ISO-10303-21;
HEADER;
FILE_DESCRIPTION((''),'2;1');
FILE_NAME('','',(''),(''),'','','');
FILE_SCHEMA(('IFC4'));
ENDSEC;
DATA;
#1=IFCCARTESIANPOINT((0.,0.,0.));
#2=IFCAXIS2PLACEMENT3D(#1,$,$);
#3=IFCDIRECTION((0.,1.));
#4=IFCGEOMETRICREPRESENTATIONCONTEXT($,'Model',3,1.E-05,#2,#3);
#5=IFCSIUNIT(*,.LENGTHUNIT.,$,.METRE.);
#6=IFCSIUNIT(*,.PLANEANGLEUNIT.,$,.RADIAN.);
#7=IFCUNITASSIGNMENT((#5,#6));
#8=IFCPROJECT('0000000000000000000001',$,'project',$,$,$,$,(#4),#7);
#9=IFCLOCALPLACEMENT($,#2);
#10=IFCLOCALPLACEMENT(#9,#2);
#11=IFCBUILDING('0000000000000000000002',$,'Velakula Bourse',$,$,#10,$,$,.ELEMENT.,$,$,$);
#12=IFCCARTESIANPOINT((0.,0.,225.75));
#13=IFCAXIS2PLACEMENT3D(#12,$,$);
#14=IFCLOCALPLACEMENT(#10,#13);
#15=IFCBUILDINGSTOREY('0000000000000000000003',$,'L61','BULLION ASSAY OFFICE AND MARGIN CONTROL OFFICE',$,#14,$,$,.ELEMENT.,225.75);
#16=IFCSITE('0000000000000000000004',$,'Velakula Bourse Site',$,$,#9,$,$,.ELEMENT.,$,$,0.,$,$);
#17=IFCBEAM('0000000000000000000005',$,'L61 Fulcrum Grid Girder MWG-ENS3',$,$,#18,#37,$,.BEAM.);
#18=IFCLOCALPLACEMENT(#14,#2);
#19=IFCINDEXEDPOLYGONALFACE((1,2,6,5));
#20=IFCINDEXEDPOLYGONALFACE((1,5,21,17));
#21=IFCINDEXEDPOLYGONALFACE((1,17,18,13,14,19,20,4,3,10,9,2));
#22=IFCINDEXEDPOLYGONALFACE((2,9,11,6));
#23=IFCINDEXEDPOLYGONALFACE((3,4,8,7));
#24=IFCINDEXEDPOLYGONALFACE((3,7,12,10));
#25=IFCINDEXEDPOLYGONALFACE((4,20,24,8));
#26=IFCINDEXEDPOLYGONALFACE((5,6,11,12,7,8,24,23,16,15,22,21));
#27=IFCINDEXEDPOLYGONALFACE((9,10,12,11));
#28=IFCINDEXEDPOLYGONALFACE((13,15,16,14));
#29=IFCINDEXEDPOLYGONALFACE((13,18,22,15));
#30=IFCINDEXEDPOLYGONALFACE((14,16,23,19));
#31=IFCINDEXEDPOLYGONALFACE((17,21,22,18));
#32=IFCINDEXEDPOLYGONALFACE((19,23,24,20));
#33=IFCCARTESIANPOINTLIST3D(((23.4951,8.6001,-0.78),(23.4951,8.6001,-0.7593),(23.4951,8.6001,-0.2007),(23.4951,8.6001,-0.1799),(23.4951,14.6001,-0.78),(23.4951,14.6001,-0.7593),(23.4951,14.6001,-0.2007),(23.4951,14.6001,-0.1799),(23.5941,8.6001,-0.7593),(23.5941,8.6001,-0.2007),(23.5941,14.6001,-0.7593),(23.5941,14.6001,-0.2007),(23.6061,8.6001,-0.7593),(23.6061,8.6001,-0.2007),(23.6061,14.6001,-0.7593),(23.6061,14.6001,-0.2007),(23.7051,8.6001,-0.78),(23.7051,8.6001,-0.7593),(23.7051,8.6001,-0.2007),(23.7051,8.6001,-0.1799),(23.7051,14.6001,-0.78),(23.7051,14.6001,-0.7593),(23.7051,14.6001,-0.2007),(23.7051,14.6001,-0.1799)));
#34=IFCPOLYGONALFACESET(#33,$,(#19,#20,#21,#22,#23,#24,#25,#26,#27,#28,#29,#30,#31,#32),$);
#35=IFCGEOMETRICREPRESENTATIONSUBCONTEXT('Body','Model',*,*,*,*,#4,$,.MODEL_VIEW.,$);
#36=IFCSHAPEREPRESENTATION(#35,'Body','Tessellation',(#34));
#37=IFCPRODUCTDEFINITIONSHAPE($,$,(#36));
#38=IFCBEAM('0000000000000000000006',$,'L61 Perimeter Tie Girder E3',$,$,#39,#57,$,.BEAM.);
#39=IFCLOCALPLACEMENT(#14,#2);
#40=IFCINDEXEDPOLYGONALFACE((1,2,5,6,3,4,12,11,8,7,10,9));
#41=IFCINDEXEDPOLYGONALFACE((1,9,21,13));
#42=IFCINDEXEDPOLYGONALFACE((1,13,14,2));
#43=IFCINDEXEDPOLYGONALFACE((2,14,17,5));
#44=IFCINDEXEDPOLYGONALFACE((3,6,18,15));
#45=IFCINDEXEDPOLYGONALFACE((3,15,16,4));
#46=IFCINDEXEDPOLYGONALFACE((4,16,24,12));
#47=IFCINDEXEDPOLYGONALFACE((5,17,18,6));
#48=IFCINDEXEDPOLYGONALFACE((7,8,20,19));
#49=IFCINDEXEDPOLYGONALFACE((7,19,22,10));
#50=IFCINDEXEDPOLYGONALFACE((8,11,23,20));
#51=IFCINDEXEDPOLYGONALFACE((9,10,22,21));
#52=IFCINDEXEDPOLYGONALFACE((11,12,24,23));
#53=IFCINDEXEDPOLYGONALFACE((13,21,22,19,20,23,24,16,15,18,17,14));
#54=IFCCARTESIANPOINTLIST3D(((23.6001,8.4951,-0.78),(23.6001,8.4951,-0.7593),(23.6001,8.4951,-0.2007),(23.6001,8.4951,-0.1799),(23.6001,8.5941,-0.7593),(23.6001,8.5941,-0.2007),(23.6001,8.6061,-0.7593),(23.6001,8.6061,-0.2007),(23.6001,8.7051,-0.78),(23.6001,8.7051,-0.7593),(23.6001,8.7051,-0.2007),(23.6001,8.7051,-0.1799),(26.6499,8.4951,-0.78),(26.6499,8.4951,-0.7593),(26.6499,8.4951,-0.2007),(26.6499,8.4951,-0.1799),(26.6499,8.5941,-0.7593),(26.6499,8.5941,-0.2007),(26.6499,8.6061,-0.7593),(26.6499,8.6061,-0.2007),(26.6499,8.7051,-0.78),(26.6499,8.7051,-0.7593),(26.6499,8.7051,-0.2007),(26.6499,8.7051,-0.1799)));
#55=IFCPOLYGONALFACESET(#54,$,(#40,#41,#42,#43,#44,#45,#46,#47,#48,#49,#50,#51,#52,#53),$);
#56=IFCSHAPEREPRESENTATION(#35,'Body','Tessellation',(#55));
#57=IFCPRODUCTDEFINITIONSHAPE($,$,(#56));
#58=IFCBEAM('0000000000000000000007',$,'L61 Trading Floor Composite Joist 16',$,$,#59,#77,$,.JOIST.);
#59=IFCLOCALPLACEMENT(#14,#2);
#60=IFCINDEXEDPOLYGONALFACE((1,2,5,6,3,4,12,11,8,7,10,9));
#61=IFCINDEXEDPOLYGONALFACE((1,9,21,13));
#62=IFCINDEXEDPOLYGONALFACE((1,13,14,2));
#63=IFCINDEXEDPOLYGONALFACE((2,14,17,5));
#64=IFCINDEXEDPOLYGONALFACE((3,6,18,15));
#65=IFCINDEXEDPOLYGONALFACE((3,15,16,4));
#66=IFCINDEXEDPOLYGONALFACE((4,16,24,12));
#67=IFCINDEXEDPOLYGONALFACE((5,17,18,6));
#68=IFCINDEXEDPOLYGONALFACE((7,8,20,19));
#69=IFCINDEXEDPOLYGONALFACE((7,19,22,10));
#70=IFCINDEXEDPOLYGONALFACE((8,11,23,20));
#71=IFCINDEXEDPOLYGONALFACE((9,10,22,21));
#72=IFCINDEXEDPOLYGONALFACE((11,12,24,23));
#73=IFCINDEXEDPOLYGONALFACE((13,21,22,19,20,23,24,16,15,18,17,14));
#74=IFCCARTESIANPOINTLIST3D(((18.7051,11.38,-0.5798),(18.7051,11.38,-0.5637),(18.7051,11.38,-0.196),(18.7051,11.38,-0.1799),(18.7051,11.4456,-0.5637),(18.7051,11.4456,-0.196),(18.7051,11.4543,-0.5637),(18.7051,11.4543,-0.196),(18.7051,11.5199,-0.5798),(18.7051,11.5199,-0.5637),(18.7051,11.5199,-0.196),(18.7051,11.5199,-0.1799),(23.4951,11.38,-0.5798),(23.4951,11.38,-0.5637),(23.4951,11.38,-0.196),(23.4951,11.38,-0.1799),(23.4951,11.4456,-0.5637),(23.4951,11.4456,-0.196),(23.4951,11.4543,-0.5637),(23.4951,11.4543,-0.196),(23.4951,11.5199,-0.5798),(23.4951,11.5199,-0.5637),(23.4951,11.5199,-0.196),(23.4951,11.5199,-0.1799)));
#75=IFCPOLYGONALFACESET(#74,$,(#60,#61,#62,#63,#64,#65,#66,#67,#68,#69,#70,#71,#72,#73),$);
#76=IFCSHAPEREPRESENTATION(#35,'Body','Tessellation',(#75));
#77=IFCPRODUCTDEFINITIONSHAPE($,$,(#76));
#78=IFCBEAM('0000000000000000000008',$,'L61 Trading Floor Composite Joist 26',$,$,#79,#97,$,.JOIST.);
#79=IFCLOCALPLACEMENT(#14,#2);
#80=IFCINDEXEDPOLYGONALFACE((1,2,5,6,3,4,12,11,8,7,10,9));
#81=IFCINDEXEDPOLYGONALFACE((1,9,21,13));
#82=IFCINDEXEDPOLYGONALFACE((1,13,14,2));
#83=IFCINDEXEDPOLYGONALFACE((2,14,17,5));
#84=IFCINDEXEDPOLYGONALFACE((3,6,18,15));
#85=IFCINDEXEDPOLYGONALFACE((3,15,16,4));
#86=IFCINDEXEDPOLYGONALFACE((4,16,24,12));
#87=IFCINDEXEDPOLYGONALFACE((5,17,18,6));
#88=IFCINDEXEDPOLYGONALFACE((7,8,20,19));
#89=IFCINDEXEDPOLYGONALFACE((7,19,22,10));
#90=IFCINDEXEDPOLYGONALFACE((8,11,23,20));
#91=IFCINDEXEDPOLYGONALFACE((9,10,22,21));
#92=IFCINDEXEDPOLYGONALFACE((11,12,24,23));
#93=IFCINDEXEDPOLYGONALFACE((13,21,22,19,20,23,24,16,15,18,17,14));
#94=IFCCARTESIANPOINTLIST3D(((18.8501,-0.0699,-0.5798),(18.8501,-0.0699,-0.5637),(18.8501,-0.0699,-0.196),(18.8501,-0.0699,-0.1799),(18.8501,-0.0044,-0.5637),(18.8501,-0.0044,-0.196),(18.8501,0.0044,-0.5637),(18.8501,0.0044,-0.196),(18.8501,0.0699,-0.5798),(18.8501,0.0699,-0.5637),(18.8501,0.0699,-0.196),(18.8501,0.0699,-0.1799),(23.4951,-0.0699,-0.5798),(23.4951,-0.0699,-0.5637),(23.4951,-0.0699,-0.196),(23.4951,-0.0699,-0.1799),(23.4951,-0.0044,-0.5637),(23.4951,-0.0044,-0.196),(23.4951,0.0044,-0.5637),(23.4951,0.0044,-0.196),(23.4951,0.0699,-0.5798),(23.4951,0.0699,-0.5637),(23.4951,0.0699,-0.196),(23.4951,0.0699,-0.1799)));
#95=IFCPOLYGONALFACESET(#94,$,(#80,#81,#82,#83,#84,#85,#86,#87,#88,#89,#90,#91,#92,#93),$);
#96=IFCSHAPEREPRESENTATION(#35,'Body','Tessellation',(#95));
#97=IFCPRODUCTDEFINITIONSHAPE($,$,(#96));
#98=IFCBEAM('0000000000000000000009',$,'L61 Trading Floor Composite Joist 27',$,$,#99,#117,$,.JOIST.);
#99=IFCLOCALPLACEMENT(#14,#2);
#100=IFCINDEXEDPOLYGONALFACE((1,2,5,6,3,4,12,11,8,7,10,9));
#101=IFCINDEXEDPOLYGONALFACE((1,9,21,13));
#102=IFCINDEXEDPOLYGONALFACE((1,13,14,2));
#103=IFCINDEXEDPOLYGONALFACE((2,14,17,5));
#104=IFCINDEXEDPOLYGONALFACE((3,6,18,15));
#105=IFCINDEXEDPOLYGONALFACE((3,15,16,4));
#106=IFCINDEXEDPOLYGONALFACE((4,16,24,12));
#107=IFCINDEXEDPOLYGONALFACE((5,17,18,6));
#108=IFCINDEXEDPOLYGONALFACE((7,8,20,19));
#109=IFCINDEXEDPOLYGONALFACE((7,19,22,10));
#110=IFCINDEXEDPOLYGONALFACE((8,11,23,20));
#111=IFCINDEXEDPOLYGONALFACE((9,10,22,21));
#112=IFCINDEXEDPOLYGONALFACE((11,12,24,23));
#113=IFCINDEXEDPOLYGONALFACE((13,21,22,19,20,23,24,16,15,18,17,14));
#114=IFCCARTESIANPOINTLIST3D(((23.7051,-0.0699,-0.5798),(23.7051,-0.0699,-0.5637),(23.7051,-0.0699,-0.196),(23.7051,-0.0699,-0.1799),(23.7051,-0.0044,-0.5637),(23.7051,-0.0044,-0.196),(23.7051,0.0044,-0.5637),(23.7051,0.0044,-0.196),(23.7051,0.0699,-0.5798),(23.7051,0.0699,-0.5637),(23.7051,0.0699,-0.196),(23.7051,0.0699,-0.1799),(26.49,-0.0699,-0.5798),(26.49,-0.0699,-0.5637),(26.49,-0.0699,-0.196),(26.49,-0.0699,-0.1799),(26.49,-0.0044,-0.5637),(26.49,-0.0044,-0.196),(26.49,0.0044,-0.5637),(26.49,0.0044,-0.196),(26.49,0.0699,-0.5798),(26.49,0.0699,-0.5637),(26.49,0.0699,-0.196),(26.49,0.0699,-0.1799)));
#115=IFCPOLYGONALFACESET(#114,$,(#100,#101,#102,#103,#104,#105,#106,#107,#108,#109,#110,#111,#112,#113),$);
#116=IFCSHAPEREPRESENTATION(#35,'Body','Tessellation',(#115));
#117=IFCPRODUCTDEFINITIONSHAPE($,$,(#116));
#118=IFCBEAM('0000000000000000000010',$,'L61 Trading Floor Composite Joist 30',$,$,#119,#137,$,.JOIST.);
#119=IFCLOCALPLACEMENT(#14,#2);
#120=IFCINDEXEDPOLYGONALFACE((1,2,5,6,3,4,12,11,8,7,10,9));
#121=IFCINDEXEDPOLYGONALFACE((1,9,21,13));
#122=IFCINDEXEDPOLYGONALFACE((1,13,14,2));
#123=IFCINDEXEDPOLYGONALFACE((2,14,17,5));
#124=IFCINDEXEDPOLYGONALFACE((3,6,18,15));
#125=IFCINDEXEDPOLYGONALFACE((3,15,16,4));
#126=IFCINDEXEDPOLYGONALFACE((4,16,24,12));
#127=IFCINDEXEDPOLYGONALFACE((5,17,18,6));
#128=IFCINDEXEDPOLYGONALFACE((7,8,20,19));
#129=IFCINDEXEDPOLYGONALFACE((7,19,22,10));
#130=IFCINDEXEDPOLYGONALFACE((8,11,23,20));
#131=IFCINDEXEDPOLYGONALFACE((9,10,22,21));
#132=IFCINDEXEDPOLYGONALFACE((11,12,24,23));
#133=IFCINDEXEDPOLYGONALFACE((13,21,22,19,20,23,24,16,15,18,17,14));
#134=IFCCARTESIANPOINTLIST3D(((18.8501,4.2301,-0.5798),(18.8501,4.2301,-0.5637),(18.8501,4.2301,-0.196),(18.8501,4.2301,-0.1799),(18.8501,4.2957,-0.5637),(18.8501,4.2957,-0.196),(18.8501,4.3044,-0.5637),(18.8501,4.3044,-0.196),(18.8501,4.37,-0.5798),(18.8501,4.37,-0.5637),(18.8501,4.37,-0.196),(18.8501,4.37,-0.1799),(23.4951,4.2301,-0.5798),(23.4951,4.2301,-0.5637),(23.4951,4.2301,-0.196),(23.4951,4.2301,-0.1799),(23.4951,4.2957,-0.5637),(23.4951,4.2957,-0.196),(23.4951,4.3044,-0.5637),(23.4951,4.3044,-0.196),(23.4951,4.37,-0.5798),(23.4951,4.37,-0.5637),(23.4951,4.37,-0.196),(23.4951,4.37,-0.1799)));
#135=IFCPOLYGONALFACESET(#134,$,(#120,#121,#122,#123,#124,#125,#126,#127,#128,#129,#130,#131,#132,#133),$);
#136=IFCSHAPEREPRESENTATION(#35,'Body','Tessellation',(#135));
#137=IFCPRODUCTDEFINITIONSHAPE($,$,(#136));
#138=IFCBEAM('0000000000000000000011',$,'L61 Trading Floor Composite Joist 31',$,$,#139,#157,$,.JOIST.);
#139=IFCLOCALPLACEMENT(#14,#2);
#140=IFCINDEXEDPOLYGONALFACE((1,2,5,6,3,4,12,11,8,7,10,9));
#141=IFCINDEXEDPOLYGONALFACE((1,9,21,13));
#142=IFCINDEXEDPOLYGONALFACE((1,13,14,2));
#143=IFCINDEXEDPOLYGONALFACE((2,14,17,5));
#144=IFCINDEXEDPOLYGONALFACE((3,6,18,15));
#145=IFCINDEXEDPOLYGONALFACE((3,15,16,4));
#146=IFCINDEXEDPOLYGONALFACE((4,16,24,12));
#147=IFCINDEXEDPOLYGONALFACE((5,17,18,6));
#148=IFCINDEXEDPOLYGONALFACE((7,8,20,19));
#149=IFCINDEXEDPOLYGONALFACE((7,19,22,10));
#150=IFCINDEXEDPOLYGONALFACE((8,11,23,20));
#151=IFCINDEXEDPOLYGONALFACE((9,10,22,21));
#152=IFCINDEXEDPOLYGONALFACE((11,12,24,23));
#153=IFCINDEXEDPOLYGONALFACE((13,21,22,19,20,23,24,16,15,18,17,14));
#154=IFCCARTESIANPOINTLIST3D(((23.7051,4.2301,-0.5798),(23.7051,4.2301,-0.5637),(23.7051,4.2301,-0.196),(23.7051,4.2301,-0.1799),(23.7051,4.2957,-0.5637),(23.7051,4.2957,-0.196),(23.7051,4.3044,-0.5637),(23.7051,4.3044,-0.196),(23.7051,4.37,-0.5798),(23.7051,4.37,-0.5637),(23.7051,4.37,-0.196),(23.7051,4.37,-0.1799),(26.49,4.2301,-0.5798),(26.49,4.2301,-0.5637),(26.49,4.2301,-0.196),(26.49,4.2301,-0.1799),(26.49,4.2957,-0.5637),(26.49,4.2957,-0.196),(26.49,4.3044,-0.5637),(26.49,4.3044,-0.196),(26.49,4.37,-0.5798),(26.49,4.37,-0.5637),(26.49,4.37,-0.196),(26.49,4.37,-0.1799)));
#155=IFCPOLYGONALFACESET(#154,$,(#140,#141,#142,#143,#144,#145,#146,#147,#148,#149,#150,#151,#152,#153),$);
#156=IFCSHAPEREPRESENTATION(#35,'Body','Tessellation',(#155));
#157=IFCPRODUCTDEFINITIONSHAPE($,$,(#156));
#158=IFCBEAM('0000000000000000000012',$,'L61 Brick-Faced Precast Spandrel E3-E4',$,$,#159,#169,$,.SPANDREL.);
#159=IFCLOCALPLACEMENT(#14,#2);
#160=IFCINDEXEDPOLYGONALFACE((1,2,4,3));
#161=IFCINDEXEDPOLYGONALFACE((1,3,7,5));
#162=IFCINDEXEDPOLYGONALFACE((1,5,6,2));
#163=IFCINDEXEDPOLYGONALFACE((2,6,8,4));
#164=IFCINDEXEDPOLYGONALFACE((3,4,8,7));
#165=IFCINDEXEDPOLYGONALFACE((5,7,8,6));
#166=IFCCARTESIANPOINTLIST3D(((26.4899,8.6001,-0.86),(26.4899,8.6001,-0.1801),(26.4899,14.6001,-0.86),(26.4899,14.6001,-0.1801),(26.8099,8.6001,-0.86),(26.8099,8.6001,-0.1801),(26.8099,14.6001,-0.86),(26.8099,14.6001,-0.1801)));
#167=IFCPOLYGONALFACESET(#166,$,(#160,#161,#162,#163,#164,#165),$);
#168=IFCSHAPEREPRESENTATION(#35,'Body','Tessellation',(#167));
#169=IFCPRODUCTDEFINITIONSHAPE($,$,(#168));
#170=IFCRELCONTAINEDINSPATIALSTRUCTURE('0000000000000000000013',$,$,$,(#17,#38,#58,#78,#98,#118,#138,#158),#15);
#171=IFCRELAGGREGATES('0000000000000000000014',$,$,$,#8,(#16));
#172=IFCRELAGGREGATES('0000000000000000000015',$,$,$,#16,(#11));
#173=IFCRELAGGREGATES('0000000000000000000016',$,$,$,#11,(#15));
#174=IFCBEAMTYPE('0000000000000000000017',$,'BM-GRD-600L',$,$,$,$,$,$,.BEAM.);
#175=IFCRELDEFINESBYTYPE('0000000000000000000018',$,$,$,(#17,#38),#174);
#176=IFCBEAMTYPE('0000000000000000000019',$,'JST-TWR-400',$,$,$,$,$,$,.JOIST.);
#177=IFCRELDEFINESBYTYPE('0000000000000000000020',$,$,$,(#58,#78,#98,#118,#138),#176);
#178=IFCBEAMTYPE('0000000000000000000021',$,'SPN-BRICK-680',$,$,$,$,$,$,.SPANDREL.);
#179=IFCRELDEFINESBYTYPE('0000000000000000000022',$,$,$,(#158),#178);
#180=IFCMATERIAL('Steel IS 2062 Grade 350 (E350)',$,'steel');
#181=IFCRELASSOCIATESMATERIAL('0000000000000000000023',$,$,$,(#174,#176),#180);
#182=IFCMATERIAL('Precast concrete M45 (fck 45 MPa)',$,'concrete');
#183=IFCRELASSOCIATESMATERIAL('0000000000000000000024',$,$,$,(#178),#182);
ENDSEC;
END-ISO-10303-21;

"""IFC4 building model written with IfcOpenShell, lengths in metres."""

from ifc_helpers import new_model, si_unit, direction, frame, origin, origin_2d, place, context, subcontext, project, spatial, rectangle, i_section, extrude, material, material_profile, profile_set, type_object, element, save


model = new_model("IFC4")

# Units and contexts
model_context = context("Model", 3, precision=1e-05, world=origin(), true_north=direction((0.0, 1.0)))
body_context = subcontext(model_context, "Body", "Model", "MODEL_VIEW")
ifc_project = project(units=[si_unit("LENGTHUNIT", "METRE"), si_unit("PLANEANGLEUNIT", "RADIAN")], contexts=[model_context])

# Site, building, storey
site_placement = place(None, origin())
site = spatial("IfcSite", under=ifc_project, at=site_placement, Name="Velakula Bourse Site", CompositionType="ELEMENT", RefElevation=0.0)
building_placement = place(site_placement, origin())
building = spatial("IfcBuilding", under=site, at=building_placement, Name="Velakula Bourse", CompositionType="ELEMENT")
storey_placement = place(building_placement, frame((0.0, 0.0, 225.75)))
storey = spatial("IfcBuildingStorey", under=building, at=storey_placement, Name="L61", Description="BULLION ASSAY OFFICE AND MARGIN CONTROL OFFICE", CompositionType="ELEMENT", Elevation=225.75)

# Shared definitions
ifc_material_1 = material(Name="Steel IS 2062 Grade 350 (E350)", Category="steel")

# Beams
ifc_material_profile_1 = material_profile(ifc_material_1, i_section(OverallWidth=0.21, OverallDepth=0.6001, WebThickness=0.012, FlangeThickness=0.0208, at=origin_2d()), Name="Steel IS 2062 Grade 350 (E350)")
ifc_profile_set_1 = profile_set([ifc_material_profile_1], Name="Steel IS 2062 Grade 350 (E350)")
beam_type_1 = type_object("IfcBeamType", Name="BM-GRD-600L", PredefinedType="BEAM", material=ifc_profile_set_1)
beam_1_placement = place(storey_placement, frame((23.6001, 8.6001, -0.48), z_axis=(0.0, 1.0, 0.0), x_axis=(-1.0, 0.0, 0.0)))
element("IfcBeam", 1, at=beam_1_placement, inside=storey, type_object=beam_type_1, Name="L61 Fulcrum Grid Girder MWG-ENS3", PredefinedType="BEAM", context=body_context, shape_type="SweptSolid", body=[
    extrude(i_section(OverallWidth=0.21, OverallDepth=0.6001, WebThickness=0.012, FlangeThickness=0.0208, at=origin_2d()), origin(), (0.0, 0.0, 1.0), 6.0),
])
beam_2_placement = place(storey_placement, frame((23.6001, 8.6001, -0.48), z_axis=(1.0, 0.0, 0.0), x_axis=(0.0, 1.0, 0.0)))
element("IfcBeam", 2, at=beam_2_placement, inside=storey, type_object=beam_type_1, Name="L61 Perimeter Tie Girder E3", PredefinedType="BEAM", context=body_context, shape_type="SweptSolid", body=[
    extrude(i_section(OverallWidth=0.21, OverallDepth=0.6001, WebThickness=0.012, FlangeThickness=0.0208, at=origin_2d()), origin(), (0.0, 0.0, 1.0), 3.0498),
])
ifc_material_profile_2 = material_profile(ifc_material_1, i_section(OverallWidth=0.1399, OverallDepth=0.3999, WebThickness=0.0088, FlangeThickness=0.0161, at=origin_2d()), Name="Steel IS 2062 Grade 350 (E350)")
ifc_profile_set_2 = profile_set([ifc_material_profile_2], Name="Steel IS 2062 Grade 350 (E350)")
beam_type_2 = type_object("IfcBeamType", Name="JST-TWR-400", PredefinedType="JOIST", material=ifc_profile_set_2)
beam_3_placement = place(storey_placement, frame((18.7051, 11.45, -0.3799), z_axis=(1.0, 0.0, 0.0), x_axis=(0.0, 1.0, 0.0)))
element("IfcBeam", 3, at=beam_3_placement, inside=storey, type_object=beam_type_2, Name="L61 Trading Floor Composite Joist 16", PredefinedType="JOIST", context=body_context, shape_type="SweptSolid", body=[
    extrude(i_section(OverallWidth=0.1399, OverallDepth=0.3999, WebThickness=0.0088, FlangeThickness=0.0161, at=origin_2d()), origin(), (0.0, 0.0, 1.0), 4.79),
])
beam_4_placement = place(storey_placement, frame((18.8501, 0.0, -0.3799), z_axis=(1.0, 0.0, 0.0), x_axis=(0.0, 1.0, 0.0)))
element("IfcBeam", 4, at=beam_4_placement, inside=storey, type_object=beam_type_2, Name="L61 Trading Floor Composite Joist 26", PredefinedType="JOIST", context=body_context, shape_type="SweptSolid", body=[
    extrude(i_section(OverallWidth=0.1399, OverallDepth=0.3999, WebThickness=0.0088, FlangeThickness=0.0161, at=origin_2d()), origin(), (0.0, 0.0, 1.0), 4.645),
])
beam_5_placement = place(storey_placement, frame((23.7051, 0.0, -0.3799), z_axis=(1.0, 0.0, 0.0), x_axis=(0.0, 1.0, 0.0)))
element("IfcBeam", 5, at=beam_5_placement, inside=storey, type_object=beam_type_2, Name="L61 Trading Floor Composite Joist 27", PredefinedType="JOIST", context=body_context, shape_type="SweptSolid", body=[
    extrude(i_section(OverallWidth=0.1399, OverallDepth=0.3999, WebThickness=0.0088, FlangeThickness=0.0161, at=origin_2d()), origin(), (0.0, 0.0, 1.0), 2.7849),
])
beam_6_placement = place(storey_placement, frame((18.8501, 4.3, -0.3799), z_axis=(1.0, 0.0, 0.0), x_axis=(0.0, 1.0, 0.0)))
element("IfcBeam", 6, at=beam_6_placement, inside=storey, type_object=beam_type_2, Name="L61 Trading Floor Composite Joist 30", PredefinedType="JOIST", context=body_context, shape_type="SweptSolid", body=[
    extrude(i_section(OverallWidth=0.1399, OverallDepth=0.3999, WebThickness=0.0088, FlangeThickness=0.0161, at=origin_2d()), origin(), (0.0, 0.0, 1.0), 4.645),
])
beam_7_placement = place(storey_placement, frame((23.7051, 4.3, -0.3799), z_axis=(1.0, 0.0, 0.0), x_axis=(0.0, 1.0, 0.0)))
element("IfcBeam", 7, at=beam_7_placement, inside=storey, type_object=beam_type_2, Name="L61 Trading Floor Composite Joist 31", PredefinedType="JOIST", context=body_context, shape_type="SweptSolid", body=[
    extrude(i_section(OverallWidth=0.1399, OverallDepth=0.3999, WebThickness=0.0088, FlangeThickness=0.0161, at=origin_2d()), origin(), (0.0, 0.0, 1.0), 2.7849),
])
ifc_material_2 = material(Name="Precast concrete M45 (fck 45 MPa)", Category="concrete")
ifc_material_profile_3 = material_profile(ifc_material_2, rectangle(XDim=0.3201, YDim=0.6799, at=origin_2d()), Name="Precast concrete M45 (fck 45 MPa)")
ifc_profile_set_3 = profile_set([ifc_material_profile_3], Name="Precast concrete M45 (fck 45 MPa)")
beam_type_3 = type_object("IfcBeamType", Name="SPN-BRICK-680", PredefinedType="SPANDREL", material=ifc_profile_set_3)
beam_8_placement = place(storey_placement, frame((26.6499, 8.6001, -0.52), z_axis=(0.0, 1.0, 0.0), x_axis=(-1.0, 0.0, 0.0)))
element("IfcBeam", 8, at=beam_8_placement, inside=storey, type_object=beam_type_3, Name="L61 Brick-Faced Precast Spandrel E3-E4", PredefinedType="SPANDREL", context=body_context, shape_type="SweptSolid", body=[
    extrude(rectangle(XDim=0.3201, YDim=0.6799, at=origin_2d()), origin(), (0.0, 0.0, 1.0), 6.0),
])

save(model, "model.ifc")
